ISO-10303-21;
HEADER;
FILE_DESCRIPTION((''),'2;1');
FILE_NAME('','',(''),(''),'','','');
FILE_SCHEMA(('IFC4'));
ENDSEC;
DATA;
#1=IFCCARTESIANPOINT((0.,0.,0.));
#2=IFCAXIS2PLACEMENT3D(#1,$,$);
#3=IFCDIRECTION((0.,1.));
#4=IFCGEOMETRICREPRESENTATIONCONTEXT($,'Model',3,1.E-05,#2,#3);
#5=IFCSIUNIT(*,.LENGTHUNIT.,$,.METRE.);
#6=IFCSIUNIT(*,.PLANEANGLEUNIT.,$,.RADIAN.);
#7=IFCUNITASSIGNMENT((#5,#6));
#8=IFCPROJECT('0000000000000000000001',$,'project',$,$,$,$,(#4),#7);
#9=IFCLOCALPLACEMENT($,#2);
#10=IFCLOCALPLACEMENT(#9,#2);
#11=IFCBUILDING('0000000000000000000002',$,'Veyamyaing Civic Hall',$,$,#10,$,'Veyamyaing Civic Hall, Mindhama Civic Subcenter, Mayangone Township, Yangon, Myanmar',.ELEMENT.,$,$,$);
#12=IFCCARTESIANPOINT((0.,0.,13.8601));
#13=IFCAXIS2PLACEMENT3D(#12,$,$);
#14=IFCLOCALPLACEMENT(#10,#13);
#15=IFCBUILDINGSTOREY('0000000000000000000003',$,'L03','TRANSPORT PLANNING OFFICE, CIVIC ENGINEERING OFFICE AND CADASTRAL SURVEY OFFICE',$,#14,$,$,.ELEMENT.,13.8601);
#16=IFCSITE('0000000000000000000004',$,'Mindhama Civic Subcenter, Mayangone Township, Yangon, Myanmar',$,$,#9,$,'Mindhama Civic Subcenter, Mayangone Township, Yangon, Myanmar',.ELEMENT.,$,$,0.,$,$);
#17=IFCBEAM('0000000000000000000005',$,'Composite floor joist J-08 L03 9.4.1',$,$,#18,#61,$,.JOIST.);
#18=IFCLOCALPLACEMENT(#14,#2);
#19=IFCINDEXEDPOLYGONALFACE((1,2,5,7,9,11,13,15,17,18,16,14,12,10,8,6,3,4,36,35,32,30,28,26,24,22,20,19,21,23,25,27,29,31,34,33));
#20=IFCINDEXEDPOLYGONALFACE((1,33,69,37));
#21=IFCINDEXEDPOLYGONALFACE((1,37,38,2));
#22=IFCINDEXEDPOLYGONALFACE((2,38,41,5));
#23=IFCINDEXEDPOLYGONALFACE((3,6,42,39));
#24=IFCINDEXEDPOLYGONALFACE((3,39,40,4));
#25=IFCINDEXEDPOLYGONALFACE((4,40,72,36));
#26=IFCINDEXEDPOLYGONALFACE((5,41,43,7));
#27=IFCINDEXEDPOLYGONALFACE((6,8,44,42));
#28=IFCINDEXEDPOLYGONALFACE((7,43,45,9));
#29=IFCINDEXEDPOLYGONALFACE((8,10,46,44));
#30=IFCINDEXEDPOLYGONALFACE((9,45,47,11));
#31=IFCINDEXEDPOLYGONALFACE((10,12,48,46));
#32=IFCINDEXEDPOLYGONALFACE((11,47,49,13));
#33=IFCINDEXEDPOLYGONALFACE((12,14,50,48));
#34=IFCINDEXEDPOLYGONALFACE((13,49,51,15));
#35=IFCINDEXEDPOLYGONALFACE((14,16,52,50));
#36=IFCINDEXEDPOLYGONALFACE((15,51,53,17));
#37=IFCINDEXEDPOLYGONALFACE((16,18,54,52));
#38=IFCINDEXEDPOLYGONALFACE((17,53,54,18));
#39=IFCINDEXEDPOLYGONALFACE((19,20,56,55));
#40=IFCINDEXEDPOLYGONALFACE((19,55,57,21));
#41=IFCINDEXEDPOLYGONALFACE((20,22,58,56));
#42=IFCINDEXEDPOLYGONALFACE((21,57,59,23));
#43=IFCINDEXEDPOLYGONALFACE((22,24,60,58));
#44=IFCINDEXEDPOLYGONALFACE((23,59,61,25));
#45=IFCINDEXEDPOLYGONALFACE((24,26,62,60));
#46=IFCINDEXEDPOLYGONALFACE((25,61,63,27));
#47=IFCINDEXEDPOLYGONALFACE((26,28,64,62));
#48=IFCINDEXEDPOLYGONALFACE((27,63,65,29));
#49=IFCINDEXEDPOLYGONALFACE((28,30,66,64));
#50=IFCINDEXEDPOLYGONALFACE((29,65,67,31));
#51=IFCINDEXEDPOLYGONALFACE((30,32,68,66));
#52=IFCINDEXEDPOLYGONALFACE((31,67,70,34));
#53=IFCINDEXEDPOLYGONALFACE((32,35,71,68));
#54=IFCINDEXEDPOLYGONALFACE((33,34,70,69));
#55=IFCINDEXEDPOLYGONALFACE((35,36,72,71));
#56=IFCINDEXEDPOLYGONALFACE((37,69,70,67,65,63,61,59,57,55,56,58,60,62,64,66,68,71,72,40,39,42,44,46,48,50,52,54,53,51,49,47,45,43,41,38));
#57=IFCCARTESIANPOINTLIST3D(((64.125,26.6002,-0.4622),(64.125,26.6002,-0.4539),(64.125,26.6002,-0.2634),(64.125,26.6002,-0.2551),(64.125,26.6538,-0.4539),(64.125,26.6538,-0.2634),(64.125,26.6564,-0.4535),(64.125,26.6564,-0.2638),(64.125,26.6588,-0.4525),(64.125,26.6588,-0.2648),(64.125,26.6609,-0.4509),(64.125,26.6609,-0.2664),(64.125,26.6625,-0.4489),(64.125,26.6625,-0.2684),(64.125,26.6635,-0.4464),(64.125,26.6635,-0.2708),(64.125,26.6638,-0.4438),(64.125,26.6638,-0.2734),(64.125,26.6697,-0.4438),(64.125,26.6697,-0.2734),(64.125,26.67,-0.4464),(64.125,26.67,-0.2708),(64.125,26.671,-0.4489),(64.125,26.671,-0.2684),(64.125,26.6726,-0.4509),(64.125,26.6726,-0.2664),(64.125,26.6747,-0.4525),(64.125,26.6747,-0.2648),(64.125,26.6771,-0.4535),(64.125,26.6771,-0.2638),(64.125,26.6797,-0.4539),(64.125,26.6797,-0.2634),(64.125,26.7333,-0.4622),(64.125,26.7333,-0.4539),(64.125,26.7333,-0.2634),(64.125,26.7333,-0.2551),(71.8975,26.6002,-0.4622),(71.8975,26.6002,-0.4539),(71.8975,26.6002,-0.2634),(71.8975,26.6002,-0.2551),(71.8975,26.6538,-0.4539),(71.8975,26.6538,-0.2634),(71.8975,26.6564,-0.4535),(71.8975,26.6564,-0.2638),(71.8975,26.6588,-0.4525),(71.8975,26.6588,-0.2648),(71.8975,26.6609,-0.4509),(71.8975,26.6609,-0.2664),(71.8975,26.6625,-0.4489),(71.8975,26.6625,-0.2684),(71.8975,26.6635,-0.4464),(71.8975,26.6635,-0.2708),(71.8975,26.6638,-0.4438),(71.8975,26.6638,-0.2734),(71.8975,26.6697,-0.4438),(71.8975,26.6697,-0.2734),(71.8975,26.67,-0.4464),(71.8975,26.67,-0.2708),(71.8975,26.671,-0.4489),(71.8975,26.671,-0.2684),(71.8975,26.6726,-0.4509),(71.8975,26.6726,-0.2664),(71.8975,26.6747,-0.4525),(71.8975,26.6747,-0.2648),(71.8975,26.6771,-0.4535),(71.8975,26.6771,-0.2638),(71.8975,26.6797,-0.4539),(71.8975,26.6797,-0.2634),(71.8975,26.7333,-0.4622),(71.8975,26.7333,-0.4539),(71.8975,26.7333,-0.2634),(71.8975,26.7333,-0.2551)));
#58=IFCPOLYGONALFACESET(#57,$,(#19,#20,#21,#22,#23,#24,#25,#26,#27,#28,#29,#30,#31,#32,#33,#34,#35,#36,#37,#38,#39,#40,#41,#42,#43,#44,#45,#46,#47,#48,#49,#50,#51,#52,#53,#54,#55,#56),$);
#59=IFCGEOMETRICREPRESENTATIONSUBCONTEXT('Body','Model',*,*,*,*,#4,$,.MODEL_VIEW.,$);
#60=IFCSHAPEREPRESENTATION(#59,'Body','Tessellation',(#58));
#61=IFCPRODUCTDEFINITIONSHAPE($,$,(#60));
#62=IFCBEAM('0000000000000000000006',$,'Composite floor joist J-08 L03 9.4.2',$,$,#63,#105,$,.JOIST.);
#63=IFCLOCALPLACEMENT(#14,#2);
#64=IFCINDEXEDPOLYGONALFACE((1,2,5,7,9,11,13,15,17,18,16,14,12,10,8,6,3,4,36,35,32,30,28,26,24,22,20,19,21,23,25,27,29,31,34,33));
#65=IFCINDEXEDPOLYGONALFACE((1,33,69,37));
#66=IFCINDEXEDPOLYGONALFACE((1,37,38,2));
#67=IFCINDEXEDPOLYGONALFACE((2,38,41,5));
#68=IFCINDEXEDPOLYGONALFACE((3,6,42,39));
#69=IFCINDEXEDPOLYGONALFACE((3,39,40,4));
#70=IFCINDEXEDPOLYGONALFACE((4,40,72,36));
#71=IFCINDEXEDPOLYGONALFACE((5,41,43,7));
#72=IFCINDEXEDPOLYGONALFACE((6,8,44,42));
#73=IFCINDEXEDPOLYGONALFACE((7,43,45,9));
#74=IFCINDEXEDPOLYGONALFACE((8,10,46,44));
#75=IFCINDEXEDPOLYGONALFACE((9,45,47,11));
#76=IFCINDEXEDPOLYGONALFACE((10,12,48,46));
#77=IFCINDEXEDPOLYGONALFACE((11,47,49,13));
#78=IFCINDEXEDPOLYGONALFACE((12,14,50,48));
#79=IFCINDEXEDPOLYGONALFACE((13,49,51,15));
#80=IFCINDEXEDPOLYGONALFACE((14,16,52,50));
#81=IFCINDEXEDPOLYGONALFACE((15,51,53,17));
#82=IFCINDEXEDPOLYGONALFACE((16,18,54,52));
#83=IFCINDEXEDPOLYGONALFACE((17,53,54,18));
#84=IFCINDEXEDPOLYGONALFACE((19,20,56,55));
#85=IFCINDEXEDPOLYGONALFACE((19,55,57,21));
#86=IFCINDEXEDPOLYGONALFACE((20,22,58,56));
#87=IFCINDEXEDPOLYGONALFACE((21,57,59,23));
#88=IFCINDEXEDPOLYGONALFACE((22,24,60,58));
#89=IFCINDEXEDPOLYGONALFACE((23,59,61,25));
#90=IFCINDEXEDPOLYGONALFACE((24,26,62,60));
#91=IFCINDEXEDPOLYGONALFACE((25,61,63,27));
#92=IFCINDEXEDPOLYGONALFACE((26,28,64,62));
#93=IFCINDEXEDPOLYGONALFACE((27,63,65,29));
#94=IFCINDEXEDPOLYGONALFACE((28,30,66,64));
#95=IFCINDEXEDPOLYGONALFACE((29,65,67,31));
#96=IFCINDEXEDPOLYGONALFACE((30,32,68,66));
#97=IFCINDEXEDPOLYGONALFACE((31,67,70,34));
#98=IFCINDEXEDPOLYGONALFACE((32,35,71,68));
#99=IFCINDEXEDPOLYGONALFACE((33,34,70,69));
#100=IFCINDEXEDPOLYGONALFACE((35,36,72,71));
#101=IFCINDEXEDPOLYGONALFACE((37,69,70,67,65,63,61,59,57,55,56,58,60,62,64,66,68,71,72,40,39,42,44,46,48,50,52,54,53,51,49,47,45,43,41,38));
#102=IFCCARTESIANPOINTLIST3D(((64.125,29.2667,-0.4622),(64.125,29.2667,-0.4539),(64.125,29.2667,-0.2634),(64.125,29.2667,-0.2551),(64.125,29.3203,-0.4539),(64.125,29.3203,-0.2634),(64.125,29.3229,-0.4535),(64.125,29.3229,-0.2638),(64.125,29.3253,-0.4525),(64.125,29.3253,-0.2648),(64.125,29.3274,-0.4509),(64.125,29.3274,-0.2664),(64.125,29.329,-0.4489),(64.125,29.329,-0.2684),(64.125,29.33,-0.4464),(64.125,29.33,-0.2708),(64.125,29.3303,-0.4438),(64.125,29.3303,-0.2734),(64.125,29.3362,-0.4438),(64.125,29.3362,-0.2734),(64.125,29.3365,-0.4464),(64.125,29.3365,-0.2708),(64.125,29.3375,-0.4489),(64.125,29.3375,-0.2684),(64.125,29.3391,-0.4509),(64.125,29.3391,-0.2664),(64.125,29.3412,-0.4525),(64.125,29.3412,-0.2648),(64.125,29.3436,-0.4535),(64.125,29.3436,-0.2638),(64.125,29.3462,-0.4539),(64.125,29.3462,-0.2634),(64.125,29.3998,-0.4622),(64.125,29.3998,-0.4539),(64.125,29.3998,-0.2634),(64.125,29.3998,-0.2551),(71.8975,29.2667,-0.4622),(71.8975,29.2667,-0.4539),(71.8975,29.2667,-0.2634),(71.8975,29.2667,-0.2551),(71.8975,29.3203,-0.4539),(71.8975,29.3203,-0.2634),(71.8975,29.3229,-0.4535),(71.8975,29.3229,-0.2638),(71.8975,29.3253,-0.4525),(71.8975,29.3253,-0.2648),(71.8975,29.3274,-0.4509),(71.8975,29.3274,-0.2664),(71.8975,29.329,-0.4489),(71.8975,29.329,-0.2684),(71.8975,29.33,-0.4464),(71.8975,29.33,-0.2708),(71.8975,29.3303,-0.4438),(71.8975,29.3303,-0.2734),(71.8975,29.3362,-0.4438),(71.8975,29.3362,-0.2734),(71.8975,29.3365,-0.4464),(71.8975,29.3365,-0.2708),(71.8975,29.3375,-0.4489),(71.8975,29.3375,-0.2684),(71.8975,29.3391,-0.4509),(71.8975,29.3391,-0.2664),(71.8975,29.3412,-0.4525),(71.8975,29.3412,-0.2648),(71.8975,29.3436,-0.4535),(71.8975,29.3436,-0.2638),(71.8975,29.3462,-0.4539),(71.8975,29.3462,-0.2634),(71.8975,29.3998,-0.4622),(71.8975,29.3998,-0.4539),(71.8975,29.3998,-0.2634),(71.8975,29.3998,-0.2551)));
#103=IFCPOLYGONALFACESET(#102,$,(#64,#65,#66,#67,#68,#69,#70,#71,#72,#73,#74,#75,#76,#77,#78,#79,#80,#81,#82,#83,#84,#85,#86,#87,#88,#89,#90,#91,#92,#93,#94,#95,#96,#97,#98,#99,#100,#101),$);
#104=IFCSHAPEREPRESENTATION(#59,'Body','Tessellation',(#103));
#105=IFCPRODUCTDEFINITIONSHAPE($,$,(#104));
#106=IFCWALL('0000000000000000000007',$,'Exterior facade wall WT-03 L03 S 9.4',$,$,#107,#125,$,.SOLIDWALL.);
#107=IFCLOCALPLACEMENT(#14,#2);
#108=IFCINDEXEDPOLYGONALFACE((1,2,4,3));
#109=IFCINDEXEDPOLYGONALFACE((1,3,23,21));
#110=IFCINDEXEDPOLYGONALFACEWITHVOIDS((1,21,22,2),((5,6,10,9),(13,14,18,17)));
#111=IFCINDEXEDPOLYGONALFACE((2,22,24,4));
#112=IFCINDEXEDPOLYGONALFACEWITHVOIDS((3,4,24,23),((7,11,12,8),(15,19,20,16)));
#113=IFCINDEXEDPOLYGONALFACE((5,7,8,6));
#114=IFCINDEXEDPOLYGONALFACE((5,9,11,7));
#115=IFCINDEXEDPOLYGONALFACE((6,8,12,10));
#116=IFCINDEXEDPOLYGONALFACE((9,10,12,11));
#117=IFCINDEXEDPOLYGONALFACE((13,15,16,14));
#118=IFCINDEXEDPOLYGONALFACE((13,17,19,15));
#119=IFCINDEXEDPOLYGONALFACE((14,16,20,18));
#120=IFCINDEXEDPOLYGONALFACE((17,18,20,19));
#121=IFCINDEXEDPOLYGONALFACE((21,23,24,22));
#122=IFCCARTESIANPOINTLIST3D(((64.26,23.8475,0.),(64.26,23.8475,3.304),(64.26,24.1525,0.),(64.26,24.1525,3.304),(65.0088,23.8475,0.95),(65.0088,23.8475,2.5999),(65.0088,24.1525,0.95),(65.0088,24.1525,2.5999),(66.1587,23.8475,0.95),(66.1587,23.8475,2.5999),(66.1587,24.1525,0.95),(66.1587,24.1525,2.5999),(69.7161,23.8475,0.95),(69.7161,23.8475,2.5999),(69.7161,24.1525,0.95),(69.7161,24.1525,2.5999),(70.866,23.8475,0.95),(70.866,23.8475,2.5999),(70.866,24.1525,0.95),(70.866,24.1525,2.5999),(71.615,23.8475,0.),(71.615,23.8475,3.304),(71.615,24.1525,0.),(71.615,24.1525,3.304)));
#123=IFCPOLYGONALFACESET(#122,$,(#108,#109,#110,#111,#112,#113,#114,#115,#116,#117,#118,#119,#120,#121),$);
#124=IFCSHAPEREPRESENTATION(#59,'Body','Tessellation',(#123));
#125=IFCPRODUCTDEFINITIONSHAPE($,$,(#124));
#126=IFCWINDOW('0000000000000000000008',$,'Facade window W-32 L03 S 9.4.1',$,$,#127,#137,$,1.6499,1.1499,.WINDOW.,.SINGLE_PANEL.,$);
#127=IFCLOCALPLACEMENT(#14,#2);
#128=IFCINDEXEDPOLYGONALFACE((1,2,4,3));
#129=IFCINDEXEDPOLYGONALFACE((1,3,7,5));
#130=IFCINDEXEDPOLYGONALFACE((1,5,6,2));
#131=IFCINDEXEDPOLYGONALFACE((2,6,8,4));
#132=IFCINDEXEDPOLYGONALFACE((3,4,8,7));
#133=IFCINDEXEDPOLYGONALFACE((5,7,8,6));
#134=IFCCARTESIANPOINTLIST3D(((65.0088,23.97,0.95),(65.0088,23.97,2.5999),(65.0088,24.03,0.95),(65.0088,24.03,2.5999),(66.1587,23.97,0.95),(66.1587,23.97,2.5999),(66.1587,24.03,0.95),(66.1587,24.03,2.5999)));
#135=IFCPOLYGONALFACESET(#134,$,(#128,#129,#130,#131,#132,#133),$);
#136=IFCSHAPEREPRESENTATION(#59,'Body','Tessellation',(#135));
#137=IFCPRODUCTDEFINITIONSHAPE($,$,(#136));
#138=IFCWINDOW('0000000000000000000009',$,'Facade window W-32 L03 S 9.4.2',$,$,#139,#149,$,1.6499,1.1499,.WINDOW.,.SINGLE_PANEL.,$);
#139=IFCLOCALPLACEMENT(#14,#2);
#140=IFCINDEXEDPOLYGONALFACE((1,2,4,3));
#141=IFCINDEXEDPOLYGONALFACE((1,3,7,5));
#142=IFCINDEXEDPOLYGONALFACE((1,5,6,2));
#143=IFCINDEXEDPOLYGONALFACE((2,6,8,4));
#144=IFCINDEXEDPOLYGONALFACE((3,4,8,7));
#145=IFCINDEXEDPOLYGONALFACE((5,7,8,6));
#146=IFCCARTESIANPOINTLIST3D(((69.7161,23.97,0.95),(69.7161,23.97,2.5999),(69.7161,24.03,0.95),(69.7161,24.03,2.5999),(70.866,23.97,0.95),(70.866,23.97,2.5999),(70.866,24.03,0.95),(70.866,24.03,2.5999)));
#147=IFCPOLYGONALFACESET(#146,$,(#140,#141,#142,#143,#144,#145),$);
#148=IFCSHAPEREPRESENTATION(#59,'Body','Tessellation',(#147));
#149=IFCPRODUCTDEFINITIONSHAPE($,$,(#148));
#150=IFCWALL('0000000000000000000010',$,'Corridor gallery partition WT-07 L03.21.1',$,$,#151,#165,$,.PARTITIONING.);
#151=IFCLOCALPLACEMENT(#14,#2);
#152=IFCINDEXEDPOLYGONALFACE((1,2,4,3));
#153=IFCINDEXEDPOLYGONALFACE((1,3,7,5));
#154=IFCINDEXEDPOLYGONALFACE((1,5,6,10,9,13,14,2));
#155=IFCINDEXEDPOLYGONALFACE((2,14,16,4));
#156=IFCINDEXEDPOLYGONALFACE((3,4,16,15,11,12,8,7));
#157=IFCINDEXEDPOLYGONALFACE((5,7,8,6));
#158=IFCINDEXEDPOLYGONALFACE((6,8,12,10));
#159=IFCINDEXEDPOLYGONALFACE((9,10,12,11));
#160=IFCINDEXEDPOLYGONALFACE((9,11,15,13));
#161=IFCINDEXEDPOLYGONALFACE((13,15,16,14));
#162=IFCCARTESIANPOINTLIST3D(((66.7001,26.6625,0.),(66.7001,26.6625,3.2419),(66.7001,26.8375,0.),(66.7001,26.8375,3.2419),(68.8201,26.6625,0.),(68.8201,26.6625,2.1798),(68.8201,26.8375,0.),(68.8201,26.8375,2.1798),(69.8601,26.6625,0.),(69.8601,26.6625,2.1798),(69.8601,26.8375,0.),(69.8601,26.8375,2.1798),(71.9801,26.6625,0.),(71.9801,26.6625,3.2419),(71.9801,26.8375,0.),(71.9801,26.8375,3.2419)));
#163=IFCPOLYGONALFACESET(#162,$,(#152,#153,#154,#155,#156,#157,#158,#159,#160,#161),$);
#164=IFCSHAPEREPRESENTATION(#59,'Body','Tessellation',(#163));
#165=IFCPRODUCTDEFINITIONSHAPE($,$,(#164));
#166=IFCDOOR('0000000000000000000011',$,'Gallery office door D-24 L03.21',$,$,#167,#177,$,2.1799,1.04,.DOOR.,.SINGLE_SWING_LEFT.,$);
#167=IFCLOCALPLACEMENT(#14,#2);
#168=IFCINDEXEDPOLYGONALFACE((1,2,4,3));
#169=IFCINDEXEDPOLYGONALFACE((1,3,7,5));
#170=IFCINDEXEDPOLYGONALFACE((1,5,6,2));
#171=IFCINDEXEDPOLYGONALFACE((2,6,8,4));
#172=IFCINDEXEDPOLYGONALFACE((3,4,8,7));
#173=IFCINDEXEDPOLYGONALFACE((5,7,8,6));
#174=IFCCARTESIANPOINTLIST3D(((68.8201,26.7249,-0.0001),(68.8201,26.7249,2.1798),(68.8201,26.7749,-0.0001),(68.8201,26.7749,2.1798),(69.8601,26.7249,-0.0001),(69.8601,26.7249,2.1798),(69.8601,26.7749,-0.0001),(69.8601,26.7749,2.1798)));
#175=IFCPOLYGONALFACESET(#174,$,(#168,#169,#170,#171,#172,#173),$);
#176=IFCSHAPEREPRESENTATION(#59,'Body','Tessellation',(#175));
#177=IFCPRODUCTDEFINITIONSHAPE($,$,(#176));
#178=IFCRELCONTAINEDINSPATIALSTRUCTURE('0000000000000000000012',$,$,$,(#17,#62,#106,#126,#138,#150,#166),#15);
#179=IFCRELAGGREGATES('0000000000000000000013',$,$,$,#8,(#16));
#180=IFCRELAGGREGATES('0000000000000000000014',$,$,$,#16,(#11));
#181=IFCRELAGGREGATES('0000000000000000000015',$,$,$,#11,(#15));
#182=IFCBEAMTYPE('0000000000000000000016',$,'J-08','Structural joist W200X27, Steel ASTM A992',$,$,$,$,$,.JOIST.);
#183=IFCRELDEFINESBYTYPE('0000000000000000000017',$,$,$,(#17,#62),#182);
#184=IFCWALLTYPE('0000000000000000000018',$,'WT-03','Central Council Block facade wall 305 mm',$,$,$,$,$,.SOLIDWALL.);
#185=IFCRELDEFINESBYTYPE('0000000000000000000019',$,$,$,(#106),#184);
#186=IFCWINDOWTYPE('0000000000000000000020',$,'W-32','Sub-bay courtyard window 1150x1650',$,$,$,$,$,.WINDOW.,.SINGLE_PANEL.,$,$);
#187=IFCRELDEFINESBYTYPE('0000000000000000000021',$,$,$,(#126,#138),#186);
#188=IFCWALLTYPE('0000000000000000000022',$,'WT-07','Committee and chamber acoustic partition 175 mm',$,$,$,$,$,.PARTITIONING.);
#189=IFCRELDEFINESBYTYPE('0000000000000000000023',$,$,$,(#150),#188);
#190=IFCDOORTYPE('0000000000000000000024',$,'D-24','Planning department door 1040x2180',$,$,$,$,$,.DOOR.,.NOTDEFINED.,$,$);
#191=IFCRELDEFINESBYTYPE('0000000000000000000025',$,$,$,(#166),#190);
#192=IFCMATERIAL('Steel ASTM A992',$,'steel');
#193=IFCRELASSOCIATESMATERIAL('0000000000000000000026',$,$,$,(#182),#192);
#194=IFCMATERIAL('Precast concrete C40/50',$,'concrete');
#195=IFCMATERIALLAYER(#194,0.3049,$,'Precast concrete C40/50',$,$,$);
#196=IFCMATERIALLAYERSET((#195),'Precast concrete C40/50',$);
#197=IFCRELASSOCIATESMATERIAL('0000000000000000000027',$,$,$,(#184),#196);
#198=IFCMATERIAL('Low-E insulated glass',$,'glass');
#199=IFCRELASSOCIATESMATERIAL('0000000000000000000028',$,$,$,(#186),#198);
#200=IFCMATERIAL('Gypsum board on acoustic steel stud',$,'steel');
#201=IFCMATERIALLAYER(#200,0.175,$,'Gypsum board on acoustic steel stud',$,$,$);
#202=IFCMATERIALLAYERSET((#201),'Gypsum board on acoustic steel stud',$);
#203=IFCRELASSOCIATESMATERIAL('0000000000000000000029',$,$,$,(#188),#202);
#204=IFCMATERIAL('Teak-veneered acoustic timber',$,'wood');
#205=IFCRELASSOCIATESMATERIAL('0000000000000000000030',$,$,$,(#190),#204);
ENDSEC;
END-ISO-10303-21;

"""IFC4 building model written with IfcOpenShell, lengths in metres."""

from ifc_helpers import new_model, si_unit, direction, frame, frame_2d, origin, origin_2d, place, context, subcontext, project, spatial, rectangle, i_section, extrude, material, layer, layer_set, material_profile, profile_set, type_object, element, fill, save


model = new_model("IFC4")

# Units and contexts
model_context = context("Model", 3, precision=1e-05, world=origin(), true_north=direction((0.0, 1.0)))
body_context = subcontext(model_context, "Body", "Model", "MODEL_VIEW")
ifc_project = project(units=[si_unit("LENGTHUNIT", "METRE"), si_unit("PLANEANGLEUNIT", "RADIAN")], contexts=[model_context])

# Site, building, storey
site_placement = place(None, origin())
site = spatial("IfcSite", under=ifc_project, at=site_placement, Name="Mindhama Civic Subcenter, Mayangone Township, Yangon, Myanmar", LongName="Mindhama Civic Subcenter, Mayangone Township, Yangon, Myanmar", CompositionType="ELEMENT", RefElevation=0.0)
building_placement = place(site_placement, origin())
building = spatial("IfcBuilding", under=site, at=building_placement, Name="Veyamyaing Civic Hall", LongName="Veyamyaing Civic Hall, Mindhama Civic Subcenter, Mayangone Township, Yangon, Myanmar", CompositionType="ELEMENT")
storey_placement = place(building_placement, frame((0.0, 0.0, 13.8601)))
storey = spatial("IfcBuildingStorey", under=building, at=storey_placement, Name="L03", Description="TRANSPORT PLANNING OFFICE, CIVIC ENGINEERING OFFICE AND CADASTRAL SURVEY OFFICE", CompositionType="ELEMENT", Elevation=13.8601)

# Beams
ifc_material_1 = material(Name="Steel ASTM A992", Category="steel")
ifc_material_profile_1 = material_profile(ifc_material_1, i_section(OverallWidth=0.1331, OverallDepth=0.207, WebThickness=0.0059, FlangeThickness=0.0083, FilletRadius=0.01, at=origin_2d()), Name="W200X27")
ifc_profile_set_1 = profile_set([ifc_material_profile_1], Name="Steel ASTM A992")
beam_type_1 = type_object("IfcBeamType", Name="J-08", Description="Structural joist W200X27, Steel ASTM A992", PredefinedType="JOIST", material=ifc_profile_set_1)
for number, where, z_axis, x_axis, name in (
    (1, (64.125, 26.6667, -0.3586), (1.0, 0.0, 0.0), (0.0, 1.0, 0.0), "Composite floor joist J-08 L03 9.4.1"),
    (2, (64.125, 29.3333, -0.3586), (1.0, 0.0, 0.0), (0.0, 1.0, 0.0), "Composite floor joist J-08 L03 9.4.2"),
):
    element("IfcBeam", number, at=place(storey_placement, frame(where, z_axis=z_axis, x_axis=x_axis)), inside=storey, type_object=beam_type_1, Name=name, PredefinedType="JOIST", context=body_context, shape_type="SweptSolid", body=[
        extrude(i_section(OverallWidth=0.1331, OverallDepth=0.207, WebThickness=0.0059, FlangeThickness=0.0083, FilletRadius=0.01, at=origin_2d()), origin(), (0.0, 0.0, 1.0), 7.7725),
    ])

# Wall, openings, windows
ifc_material_2 = material(Name="Precast concrete C40/50", Category="concrete")
ifc_layer_1 = layer(ifc_material_2, 0.3049, Name="Precast concrete C40/50")
ifc_layer_set_1 = layer_set([ifc_layer_1], Name="Precast concrete C40/50")
wall_type_1 = type_object("IfcWallType", Name="WT-03", Description="Central Council Block facade wall 305 mm", PredefinedType="SOLIDWALL", material=ifc_layer_set_1)
wall_1_placement = place(storey_placement, frame((64.26, 24.0, 0.0), z_axis=(0.0, 0.0, 1.0), x_axis=(1.0, 0.0, 0.0)))
wall_1 = element("IfcWall", 3, at=wall_1_placement, inside=storey, type_object=wall_type_1, Name="Exterior facade wall WT-03 L03 S 9.4", PredefinedType="SOLIDWALL", context=body_context, shape_type="SweptSolid", body=[
    extrude(rectangle(XDim=7.355, YDim=0.3049, at=frame_2d((3.6775, 0.0))), origin(), (0.0, 0.0, 1.0), 3.304),
])
opening_1_placement = place(wall_1_placement, frame((0.7488, 0.0, 0.95)))
opening_1 = element("IfcOpeningElement", 4, at=opening_1_placement, cuts=wall_1, PredefinedType="OPENING", context=body_context, shape_type="SweptSolid", body=[
    extrude(rectangle(XDim=1.1499, YDim=1.6499, at=frame_2d((0.575, 0.825))), frame((0.0, 0.1624, 0.0), z_axis=(0.0, -1.0, 0.0), x_axis=(1.0, 0.0, 0.0)), (0.0, 0.0, 1.0), 0.325),
])
opening_2_placement = place(wall_1_placement, frame((5.4561, 0.0, 0.95)))
opening_2 = element("IfcOpeningElement", 5, at=opening_2_placement, cuts=wall_1, PredefinedType="OPENING", context=body_context, shape_type="SweptSolid", body=[
    extrude(rectangle(XDim=1.1499, YDim=1.6499, at=frame_2d((0.575, 0.825))), frame((0.0, 0.1624, 0.0), z_axis=(0.0, -1.0, 0.0), x_axis=(1.0, 0.0, 0.0)), (0.0, 0.0, 1.0), 0.325),
])
ifc_material_3 = material(Name="Low-E insulated glass", Category="glass")
window_type = type_object("IfcWindowType", Name="W-32", Description="Sub-bay courtyard window 1150x1650", PartitioningType="SINGLE_PANEL", PredefinedType="WINDOW", material=ifc_material_3)
window_1_placement = place(opening_1_placement, origin())
window_1 = element("IfcWindow", 6, at=window_1_placement, inside=storey, type_object=window_type, Name="Facade window W-32 L03 S 9.4.1", OverallHeight=1.6499, OverallWidth=1.1499, PartitioningType="SINGLE_PANEL", PredefinedType="WINDOW", context=body_context, shape_type="SweptSolid", body=[
    extrude(rectangle(XDim=1.1499, YDim=1.6499, at=frame_2d((0.575, 0.825))), frame((0.0, 0.03, 0.0), z_axis=(0.0, -1.0, 0.0), x_axis=(1.0, 0.0, 0.0)), (0.0, 0.0, 1.0), 0.0601),
])
fill(opening_1, window_1)
window_2_placement = place(opening_2_placement, origin())
window_2 = element("IfcWindow", 7, at=window_2_placement, inside=storey, type_object=window_type, Name="Facade window W-32 L03 S 9.4.2", OverallHeight=1.6499, OverallWidth=1.1499, PartitioningType="SINGLE_PANEL", PredefinedType="WINDOW", context=body_context, shape_type="SweptSolid", body=[
    extrude(rectangle(XDim=1.1499, YDim=1.6499, at=frame_2d((0.575, 0.825))), frame((0.0, 0.03, 0.0), z_axis=(0.0, -1.0, 0.0), x_axis=(1.0, 0.0, 0.0)), (0.0, 0.0, 1.0), 0.0601),
])
fill(opening_2, window_2)

# Wall, opening, door
ifc_material_4 = material(Name="Gypsum board on acoustic steel stud", Category="steel")
ifc_layer_2 = layer(ifc_material_4, 0.175, Name="Gypsum board on acoustic steel stud")
ifc_layer_set_2 = layer_set([ifc_layer_2], Name="Gypsum board on acoustic steel stud")
wall_type_2 = type_object("IfcWallType", Name="WT-07", Description="Committee and chamber acoustic partition 175 mm", PredefinedType="PARTITIONING", material=ifc_layer_set_2)
wall_2_placement = place(storey_placement, frame((66.7, 26.75, 0.0), z_axis=(0.0, 0.0, 1.0), x_axis=(1.0, 0.0, 0.0)))
wall_2 = element("IfcWall", 8, at=wall_2_placement, inside=storey, type_object=wall_type_2, Name="Corridor gallery partition WT-07 L03.21.1", PredefinedType="PARTITIONING", context=body_context, shape_type="SweptSolid", body=[
    extrude(rectangle(XDim=5.28, YDim=0.175, at=frame_2d((2.6401, 0.0))), origin(), (0.0, 0.0, 1.0), 3.2419),
])
opening_3_placement = place(wall_2_placement, frame((2.1201, 0.0, 0.0)))
opening_3 = element("IfcOpeningElement", 9, at=opening_3_placement, cuts=wall_2, PredefinedType="OPENING", context=body_context, shape_type="SweptSolid", body=[
    extrude(rectangle(XDim=1.04, YDim=2.1799, at=frame_2d((0.52, 1.0898))), frame((0.0, 0.0974, 0.0), z_axis=(0.0, -1.0, 0.0), x_axis=(1.0, 0.0, 0.0)), (0.0, 0.0, 1.0), 0.1951),
])
ifc_material_5 = material(Name="Teak-veneered acoustic timber", Category="wood")
door_type = type_object("IfcDoorType", Name="D-24", Description="Planning department door 1040x2180", OperationType="NOTDEFINED", PredefinedType="DOOR", material=ifc_material_5)
door_placement = place(opening_3_placement, origin())
door = element("IfcDoor", 10, at=door_placement, inside=storey, type_object=door_type, Name="Gallery office door D-24 L03.21", OperationType="SINGLE_SWING_LEFT", OverallHeight=2.1799, OverallWidth=1.04, PredefinedType="DOOR", context=body_context, shape_type="SweptSolid", body=[
    extrude(rectangle(XDim=1.04, YDim=2.1799, at=frame_2d((0.52, 1.0898))), frame((0.0, 0.0249, 0.0), z_axis=(0.0, -1.0, 0.0), x_axis=(1.0, 0.0, 0.0)), (0.0, 0.0, 1.0), 0.05),
])
fill(opening_3, door)

save(model, "model.ifc")
